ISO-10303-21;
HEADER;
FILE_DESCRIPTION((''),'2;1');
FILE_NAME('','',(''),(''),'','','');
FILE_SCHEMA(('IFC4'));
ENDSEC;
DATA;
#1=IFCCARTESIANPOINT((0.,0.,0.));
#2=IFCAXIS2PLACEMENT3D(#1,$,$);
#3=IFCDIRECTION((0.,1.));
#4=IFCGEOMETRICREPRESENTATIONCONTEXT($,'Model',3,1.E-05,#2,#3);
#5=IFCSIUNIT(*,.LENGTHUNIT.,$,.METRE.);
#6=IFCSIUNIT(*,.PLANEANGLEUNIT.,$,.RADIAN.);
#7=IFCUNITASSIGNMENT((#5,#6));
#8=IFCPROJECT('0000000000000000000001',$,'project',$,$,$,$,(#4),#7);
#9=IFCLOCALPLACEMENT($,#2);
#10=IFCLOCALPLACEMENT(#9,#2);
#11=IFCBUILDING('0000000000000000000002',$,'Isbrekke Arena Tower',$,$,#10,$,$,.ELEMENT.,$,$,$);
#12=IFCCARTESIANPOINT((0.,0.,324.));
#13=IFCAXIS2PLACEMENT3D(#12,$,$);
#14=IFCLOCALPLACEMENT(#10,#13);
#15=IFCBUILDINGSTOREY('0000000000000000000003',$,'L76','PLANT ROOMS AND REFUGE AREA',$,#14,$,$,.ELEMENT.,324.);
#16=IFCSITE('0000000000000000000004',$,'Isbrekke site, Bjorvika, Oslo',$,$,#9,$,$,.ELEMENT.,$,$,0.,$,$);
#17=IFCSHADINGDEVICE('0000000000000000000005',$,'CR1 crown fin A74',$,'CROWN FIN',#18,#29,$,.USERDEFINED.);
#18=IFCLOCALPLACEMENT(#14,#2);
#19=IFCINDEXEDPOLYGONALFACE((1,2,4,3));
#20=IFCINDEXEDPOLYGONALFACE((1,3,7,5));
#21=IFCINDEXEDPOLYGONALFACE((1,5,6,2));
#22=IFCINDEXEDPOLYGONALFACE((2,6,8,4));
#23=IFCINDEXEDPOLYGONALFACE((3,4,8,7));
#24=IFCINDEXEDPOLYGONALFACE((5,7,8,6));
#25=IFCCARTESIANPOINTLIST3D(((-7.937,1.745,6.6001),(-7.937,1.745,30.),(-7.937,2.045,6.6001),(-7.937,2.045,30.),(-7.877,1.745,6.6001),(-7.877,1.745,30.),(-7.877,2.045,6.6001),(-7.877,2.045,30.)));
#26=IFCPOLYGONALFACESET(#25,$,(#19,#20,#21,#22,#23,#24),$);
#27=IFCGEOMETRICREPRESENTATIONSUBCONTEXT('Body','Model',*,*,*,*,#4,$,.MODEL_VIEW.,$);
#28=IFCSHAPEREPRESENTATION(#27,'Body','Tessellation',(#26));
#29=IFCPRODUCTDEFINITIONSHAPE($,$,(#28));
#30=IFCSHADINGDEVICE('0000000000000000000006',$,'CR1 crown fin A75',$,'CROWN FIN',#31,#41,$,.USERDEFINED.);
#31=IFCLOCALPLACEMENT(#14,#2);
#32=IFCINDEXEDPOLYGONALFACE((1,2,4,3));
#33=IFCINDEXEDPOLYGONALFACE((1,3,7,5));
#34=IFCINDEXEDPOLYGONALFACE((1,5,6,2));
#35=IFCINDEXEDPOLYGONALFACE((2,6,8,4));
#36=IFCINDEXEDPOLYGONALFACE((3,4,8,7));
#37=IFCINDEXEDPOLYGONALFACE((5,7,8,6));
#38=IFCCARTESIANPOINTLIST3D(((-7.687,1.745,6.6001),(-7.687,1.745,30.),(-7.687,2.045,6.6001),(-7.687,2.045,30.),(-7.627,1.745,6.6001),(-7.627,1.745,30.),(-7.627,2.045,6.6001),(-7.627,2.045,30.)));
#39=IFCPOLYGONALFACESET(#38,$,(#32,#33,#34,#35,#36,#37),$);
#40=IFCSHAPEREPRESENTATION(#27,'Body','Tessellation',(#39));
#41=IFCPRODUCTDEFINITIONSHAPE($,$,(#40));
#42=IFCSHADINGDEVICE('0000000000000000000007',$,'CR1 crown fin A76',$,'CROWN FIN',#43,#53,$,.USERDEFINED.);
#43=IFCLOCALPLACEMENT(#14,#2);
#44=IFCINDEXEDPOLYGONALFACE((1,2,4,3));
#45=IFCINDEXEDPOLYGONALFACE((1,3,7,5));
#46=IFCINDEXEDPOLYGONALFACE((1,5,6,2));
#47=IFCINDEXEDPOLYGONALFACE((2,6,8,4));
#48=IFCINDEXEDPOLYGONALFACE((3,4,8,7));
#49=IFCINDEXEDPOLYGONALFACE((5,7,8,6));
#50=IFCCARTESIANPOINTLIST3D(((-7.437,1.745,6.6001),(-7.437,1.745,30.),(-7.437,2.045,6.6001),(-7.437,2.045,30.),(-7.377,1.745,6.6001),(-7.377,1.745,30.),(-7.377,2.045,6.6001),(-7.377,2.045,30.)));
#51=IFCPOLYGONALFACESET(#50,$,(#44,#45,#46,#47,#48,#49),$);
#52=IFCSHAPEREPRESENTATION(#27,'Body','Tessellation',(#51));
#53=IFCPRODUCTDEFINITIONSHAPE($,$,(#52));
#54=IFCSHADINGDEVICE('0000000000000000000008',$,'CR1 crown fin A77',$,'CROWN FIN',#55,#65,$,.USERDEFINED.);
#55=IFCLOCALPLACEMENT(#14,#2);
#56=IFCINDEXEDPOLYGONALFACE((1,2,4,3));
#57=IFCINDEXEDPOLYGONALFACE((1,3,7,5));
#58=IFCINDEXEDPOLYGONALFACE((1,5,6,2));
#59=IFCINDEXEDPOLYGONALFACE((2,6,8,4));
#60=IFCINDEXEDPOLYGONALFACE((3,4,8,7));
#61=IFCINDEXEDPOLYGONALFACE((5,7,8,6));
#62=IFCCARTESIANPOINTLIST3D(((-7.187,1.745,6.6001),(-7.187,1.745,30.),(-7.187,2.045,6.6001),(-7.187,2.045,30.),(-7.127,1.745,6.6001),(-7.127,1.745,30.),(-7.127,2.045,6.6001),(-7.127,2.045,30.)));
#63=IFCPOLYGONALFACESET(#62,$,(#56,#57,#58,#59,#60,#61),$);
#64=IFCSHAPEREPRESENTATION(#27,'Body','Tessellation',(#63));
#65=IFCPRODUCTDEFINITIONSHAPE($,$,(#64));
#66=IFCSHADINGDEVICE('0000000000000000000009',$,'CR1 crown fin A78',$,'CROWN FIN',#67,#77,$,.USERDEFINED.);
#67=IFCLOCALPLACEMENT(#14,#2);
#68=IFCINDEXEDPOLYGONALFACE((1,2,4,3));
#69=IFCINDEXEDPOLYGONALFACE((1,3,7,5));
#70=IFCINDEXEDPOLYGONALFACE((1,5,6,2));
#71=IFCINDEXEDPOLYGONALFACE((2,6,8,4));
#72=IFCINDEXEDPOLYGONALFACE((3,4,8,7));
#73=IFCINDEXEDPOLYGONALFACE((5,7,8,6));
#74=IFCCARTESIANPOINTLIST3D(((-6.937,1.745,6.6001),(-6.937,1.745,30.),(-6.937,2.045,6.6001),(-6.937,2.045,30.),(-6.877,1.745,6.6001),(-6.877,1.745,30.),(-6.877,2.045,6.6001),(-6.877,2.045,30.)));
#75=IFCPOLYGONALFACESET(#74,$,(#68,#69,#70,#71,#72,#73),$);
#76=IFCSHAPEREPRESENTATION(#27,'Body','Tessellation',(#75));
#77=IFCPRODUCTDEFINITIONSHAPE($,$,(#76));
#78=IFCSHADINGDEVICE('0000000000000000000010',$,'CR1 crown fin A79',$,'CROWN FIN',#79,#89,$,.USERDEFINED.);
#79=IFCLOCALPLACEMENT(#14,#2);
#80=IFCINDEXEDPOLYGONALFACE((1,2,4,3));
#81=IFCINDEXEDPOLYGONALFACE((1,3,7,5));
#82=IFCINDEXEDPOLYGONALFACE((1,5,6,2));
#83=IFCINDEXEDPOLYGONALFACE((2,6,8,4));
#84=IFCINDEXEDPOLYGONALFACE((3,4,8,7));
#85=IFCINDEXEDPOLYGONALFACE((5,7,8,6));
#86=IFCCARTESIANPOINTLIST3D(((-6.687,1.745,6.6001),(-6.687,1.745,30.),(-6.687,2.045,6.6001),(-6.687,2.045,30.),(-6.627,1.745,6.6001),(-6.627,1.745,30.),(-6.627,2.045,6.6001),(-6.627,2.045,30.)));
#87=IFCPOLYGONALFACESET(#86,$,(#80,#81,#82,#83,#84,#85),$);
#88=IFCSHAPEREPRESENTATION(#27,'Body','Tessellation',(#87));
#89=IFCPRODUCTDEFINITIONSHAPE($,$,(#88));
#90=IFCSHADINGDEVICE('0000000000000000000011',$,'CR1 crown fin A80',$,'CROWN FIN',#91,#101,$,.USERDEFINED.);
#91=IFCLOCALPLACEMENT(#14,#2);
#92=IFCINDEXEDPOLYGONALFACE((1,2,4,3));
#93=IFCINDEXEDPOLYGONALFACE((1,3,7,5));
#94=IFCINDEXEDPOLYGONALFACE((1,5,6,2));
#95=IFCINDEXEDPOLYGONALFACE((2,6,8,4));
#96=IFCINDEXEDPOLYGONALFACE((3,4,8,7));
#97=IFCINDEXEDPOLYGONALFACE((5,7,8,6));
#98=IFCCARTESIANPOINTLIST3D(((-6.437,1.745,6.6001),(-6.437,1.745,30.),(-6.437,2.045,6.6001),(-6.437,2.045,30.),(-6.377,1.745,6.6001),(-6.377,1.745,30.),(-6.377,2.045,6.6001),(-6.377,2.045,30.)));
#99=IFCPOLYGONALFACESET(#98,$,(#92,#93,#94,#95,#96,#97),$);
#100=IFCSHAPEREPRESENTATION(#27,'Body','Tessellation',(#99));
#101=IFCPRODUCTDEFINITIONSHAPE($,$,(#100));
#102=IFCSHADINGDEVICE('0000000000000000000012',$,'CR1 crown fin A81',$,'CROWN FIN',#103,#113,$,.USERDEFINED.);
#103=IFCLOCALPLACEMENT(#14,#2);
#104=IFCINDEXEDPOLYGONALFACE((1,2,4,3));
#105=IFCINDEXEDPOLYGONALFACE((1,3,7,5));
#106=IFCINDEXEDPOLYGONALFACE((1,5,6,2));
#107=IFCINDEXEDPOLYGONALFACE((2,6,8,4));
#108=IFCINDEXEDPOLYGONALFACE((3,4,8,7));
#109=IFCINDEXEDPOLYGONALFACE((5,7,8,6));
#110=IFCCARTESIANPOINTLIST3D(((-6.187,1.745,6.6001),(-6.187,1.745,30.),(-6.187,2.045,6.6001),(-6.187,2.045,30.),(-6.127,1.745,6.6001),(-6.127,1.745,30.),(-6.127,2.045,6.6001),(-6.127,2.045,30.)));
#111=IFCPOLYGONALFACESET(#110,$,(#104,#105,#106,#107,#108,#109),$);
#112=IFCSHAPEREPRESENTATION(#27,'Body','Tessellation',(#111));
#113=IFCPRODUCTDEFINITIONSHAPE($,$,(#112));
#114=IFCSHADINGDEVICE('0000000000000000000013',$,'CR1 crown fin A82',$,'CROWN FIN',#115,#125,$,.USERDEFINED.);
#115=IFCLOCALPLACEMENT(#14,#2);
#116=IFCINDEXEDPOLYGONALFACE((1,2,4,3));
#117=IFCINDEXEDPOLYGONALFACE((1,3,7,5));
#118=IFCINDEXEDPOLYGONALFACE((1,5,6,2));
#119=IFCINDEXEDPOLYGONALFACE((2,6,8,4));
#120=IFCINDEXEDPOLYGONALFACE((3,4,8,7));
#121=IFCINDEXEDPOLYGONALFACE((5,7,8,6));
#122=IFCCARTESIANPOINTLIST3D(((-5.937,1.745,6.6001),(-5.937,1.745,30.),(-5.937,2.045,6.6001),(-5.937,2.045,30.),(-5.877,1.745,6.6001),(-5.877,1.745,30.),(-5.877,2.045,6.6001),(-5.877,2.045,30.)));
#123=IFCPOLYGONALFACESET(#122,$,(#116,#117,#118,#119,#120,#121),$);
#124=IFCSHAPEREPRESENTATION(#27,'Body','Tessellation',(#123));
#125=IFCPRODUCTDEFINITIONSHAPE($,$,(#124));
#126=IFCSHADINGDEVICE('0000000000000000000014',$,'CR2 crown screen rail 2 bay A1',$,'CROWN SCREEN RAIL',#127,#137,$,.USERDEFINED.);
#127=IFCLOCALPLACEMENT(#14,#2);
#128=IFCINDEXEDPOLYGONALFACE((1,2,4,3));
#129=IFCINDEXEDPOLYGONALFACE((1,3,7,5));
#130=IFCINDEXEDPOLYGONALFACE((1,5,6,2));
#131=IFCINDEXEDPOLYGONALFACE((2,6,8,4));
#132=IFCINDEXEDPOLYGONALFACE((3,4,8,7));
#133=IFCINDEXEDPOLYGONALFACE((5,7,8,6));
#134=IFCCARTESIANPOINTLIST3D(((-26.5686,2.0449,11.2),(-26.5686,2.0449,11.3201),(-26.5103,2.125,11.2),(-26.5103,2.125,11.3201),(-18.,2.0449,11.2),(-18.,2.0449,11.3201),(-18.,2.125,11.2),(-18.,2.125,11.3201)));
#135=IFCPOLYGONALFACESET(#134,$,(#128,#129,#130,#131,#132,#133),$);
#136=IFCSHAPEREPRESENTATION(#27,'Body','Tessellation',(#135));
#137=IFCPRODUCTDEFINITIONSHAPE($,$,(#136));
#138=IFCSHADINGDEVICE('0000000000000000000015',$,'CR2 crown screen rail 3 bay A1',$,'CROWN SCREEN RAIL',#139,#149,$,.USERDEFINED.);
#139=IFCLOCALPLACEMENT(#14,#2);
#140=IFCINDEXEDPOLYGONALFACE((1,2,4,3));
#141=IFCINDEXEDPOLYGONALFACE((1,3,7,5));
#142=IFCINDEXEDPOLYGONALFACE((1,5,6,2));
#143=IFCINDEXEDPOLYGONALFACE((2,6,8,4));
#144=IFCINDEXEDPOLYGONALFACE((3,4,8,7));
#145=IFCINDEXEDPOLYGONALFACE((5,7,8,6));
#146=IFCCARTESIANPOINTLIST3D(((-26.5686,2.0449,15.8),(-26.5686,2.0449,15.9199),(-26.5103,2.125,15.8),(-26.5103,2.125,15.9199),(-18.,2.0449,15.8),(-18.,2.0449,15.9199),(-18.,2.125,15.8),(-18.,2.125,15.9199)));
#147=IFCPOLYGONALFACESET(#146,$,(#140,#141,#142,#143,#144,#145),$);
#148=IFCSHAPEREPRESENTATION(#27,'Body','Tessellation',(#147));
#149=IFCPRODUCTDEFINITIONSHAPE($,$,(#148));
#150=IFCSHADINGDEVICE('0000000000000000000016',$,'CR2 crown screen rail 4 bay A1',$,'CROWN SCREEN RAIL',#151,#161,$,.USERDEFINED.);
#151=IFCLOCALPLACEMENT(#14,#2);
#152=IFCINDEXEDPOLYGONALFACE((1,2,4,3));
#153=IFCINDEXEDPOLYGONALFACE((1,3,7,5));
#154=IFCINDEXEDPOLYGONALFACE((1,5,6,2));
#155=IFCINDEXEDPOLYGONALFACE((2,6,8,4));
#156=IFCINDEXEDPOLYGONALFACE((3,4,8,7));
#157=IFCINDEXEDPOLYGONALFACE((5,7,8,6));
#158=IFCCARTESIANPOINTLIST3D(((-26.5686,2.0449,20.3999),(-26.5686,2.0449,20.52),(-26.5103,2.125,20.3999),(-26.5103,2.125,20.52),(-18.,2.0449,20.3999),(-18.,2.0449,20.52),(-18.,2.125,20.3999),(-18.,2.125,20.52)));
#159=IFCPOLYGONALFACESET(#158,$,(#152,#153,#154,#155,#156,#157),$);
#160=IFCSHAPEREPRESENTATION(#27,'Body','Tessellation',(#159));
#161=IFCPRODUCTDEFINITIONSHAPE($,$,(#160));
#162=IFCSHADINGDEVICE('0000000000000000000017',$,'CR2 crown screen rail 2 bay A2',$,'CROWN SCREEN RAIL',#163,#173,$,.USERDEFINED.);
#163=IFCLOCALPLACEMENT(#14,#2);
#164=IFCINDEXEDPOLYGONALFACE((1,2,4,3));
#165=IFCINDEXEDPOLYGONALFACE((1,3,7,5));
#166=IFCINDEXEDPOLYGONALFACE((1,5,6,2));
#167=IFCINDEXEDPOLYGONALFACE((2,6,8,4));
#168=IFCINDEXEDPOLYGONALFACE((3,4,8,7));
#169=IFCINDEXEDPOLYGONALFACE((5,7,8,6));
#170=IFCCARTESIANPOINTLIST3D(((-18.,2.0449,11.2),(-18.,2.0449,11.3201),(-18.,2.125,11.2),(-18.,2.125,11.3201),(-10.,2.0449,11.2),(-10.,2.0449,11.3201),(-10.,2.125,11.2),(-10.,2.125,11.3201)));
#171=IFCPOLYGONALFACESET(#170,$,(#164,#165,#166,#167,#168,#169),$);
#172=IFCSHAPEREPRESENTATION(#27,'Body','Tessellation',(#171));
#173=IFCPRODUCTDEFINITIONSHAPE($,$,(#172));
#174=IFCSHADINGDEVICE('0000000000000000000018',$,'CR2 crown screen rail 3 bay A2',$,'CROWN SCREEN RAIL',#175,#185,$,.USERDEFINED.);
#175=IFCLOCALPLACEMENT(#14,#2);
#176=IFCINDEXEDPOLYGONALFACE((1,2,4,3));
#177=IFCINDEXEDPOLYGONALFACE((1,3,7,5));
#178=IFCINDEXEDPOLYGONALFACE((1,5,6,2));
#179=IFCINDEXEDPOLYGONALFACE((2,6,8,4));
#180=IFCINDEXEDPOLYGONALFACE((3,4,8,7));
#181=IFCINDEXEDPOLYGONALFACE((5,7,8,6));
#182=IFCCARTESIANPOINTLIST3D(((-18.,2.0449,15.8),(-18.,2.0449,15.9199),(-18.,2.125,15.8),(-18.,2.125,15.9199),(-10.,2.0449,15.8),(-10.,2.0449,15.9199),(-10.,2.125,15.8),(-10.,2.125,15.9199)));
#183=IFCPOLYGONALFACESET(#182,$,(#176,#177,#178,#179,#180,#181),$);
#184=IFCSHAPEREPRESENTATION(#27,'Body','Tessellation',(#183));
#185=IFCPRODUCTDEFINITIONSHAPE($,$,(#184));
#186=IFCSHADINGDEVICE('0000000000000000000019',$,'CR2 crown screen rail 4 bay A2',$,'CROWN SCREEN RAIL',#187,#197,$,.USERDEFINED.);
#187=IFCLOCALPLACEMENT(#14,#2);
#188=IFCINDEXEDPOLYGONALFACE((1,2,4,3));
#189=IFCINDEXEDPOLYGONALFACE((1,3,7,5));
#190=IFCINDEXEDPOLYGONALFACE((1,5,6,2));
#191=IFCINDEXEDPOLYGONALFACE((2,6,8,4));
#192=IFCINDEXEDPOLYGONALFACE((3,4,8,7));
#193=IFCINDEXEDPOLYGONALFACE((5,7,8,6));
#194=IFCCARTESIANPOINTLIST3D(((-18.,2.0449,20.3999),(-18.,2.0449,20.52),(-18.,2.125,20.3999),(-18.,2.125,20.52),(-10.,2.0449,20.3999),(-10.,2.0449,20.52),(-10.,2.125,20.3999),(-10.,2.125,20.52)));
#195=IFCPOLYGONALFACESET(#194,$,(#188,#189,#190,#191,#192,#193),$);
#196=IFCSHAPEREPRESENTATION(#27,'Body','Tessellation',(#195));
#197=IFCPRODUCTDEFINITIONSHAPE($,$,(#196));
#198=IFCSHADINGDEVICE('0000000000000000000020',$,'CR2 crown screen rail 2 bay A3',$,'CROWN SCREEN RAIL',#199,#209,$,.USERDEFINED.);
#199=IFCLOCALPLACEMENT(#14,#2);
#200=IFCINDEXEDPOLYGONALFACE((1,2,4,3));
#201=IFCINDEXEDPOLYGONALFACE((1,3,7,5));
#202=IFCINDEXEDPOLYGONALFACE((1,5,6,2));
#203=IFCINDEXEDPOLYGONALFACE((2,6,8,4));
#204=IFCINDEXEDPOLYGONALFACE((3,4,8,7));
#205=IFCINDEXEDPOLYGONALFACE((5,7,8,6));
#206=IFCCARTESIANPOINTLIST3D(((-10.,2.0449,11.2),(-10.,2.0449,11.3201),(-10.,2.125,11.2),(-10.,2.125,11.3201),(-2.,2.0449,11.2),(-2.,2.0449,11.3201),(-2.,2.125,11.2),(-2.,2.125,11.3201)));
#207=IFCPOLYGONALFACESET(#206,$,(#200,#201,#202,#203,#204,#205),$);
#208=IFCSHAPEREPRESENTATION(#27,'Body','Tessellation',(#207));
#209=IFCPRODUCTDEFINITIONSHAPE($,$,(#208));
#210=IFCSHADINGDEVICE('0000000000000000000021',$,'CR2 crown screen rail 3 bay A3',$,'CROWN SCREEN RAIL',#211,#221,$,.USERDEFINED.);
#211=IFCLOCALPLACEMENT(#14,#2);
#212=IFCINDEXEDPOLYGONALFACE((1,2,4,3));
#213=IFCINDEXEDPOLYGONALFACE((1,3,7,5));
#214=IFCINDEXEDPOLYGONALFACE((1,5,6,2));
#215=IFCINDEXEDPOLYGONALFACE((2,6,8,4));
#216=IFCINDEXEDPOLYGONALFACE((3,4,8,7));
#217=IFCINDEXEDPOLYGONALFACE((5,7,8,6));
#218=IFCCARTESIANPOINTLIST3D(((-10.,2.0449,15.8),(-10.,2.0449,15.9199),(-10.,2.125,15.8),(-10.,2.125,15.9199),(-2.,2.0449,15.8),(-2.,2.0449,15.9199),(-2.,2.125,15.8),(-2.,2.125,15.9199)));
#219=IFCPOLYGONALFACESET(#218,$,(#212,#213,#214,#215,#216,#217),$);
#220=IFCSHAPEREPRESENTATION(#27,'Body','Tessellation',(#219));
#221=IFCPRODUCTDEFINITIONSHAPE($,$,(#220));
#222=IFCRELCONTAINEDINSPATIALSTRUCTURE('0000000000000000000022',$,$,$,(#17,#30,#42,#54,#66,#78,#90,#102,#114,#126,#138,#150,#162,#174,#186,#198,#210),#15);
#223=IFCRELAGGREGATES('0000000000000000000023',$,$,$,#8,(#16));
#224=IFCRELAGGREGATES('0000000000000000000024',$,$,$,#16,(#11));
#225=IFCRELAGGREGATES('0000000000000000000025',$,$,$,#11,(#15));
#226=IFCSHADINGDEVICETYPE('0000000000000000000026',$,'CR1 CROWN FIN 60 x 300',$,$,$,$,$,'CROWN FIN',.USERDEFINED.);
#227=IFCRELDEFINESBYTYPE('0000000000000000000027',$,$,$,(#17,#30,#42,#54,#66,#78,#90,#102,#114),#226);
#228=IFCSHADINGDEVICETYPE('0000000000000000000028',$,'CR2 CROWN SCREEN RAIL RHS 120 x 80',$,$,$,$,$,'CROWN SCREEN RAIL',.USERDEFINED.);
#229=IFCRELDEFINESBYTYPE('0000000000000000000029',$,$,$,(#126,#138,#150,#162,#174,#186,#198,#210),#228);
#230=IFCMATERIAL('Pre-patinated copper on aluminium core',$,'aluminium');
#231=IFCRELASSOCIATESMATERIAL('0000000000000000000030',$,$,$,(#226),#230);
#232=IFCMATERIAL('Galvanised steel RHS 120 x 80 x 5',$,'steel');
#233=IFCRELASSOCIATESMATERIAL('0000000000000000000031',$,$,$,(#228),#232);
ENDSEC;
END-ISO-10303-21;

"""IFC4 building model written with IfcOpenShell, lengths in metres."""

from ifc_helpers import new_model, si_unit, direction, frame, origin, origin_2d, place, context, subcontext, project, spatial, polyline, rectangle, outline, extrude, material, material_profile, profile_set, type_object, element, save


model = new_model("IFC4")

# Units and contexts
model_context = context("Model", 3, precision=1e-05, world=origin(), true_north=direction((0.0, 1.0)))
body_context = subcontext(model_context, "Body", "Model", "MODEL_VIEW")
ifc_project = project(units=[si_unit("LENGTHUNIT", "METRE"), si_unit("PLANEANGLEUNIT", "RADIAN")], contexts=[model_context])

# Site, building, storey
site_placement = place(None, origin())
site = spatial("IfcSite", under=ifc_project, at=site_placement, Name="Isbrekke site, Bjorvika, Oslo", CompositionType="ELEMENT", RefElevation=0.0)
building_placement = place(site_placement, origin())
building = spatial("IfcBuilding", under=site, at=building_placement, Name="Isbrekke Arena Tower", CompositionType="ELEMENT")
storey_placement = place(building_placement, frame((0.0, 0.0, 324.0)))
storey = spatial("IfcBuildingStorey", under=building, at=storey_placement, Name="L76", Description="PLANT ROOMS AND REFUGE AREA", CompositionType="ELEMENT", Elevation=324.0)

# Shading devices
ifc_material_1 = material(Name="Pre-patinated copper on aluminium core", Category="aluminium")
ifc_material_profile = material_profile(ifc_material_1, rectangle(XDim=0.0601, YDim=0.3, at=origin_2d()), Name="FIN 60X300")
ifc_profile_set = profile_set([ifc_material_profile], Name="Pre-patinated copper on aluminium core")
shading_device_type_1 = type_object("IfcShadingDeviceType", Name="CR1 CROWN FIN 60 x 300", ElementType="CROWN FIN", PredefinedType="USERDEFINED", material=ifc_profile_set)
for number, where, z_axis, x_axis, name in (
    (1, (-7.907, 1.895, 6.6001), (0.0, 0.0, 1.0), (1.0, 0.0, 0.0), "CR1 crown fin A74"),
    (2, (-7.657, 1.895, 6.6001), (0.0, 0.0, 1.0), (1.0, 0.0, 0.0), "CR1 crown fin A75"),
    (3, (-7.407, 1.895, 6.6001), (0.0, 0.0, 1.0), (1.0, 0.0, 0.0), "CR1 crown fin A76"),
    (4, (-7.157, 1.895, 6.6001), (0.0, 0.0, 1.0), (1.0, 0.0, 0.0), "CR1 crown fin A77"),
    (5, (-6.907, 1.895, 6.6001), (0.0, 0.0, 1.0), (1.0, 0.0, 0.0), "CR1 crown fin A78"),
    (6, (-6.657, 1.895, 6.6001), (0.0, 0.0, 1.0), (1.0, 0.0, 0.0), "CR1 crown fin A79"),
    (7, (-6.407, 1.895, 6.6001), (0.0, 0.0, 1.0), (1.0, 0.0, 0.0), "CR1 crown fin A80"),
    (8, (-6.157, 1.895, 6.6001), (0.0, 0.0, 1.0), (1.0, 0.0, 0.0), "CR1 crown fin A81"),
    (9, (-5.907, 1.895, 6.6001), (0.0, 0.0, 1.0), (1.0, 0.0, 0.0), "CR1 crown fin A82"),
):
    element("IfcShadingDevice", number, at=place(storey_placement, frame(where, z_axis=z_axis, x_axis=x_axis)), inside=storey, type_object=shading_device_type_1, Name=name, ObjectType="CROWN FIN", PredefinedType="USERDEFINED", context=body_context, shape_type="SweptSolid", body=[
        extrude(rectangle(XDim=0.0601, YDim=0.3, at=origin_2d()), origin(), (0.0, 0.0, 1.0), 23.3999),
    ])
ifc_material_2 = material(Name="Galvanised steel RHS 120 x 80 x 5", Category="steel")
shading_device_type_2 = type_object("IfcShadingDeviceType", Name="CR2 CROWN SCREEN RAIL RHS 120 x 80", ElementType="CROWN SCREEN RAIL", PredefinedType="USERDEFINED", material=ifc_material_2)
shading_device_1_placement = place(storey_placement, frame((0.0, 0.0, 11.2)))
element("IfcShadingDevice", 10, at=shading_device_1_placement, inside=storey, type_object=shading_device_type_2, Name="CR2 crown screen rail 2 bay A1", ObjectType="CROWN SCREEN RAIL", PredefinedType="USERDEFINED", context=body_context, shape_type="SweptSolid", body=[
    extrude(outline(polyline([(-26.5103, 2.125), (-18.0, 2.125), (-18.0, 2.0449), (-26.5686, 2.0449), (-26.5103, 2.125)])), origin(), (0.0, 0.0, 1.0), 0.1201),
])
shading_device_2_placement = place(storey_placement, frame((0.0, 0.0, 15.8)))
element("IfcShadingDevice", 11, at=shading_device_2_placement, inside=storey, type_object=shading_device_type_2, Name="CR2 crown screen rail 3 bay A1", ObjectType="CROWN SCREEN RAIL", PredefinedType="USERDEFINED", context=body_context, shape_type="SweptSolid", body=[
    extrude(outline(polyline([(-26.5103, 2.125), (-18.0, 2.125), (-18.0, 2.0449), (-26.5686, 2.0449), (-26.5103, 2.125)])), origin(), (0.0, 0.0, 1.0), 0.1199),
])
shading_device_3_placement = place(storey_placement, frame((0.0, 0.0, 20.3999)))
element("IfcShadingDevice", 12, at=shading_device_3_placement, inside=storey, type_object=shading_device_type_2, Name="CR2 crown screen rail 4 bay A1", ObjectType="CROWN SCREEN RAIL", PredefinedType="USERDEFINED", context=body_context, shape_type="SweptSolid", body=[
    extrude(outline(polyline([(-26.5103, 2.125), (-18.0, 2.125), (-18.0, 2.0449), (-26.5686, 2.0449), (-26.5103, 2.125)])), origin(), (0.0, 0.0, 1.0), 0.1201),
])
shading_device_4_placement = place(storey_placement, frame((0.0, 0.0, 11.2)))
element("IfcShadingDevice", 13, at=shading_device_4_placement, inside=storey, type_object=shading_device_type_2, Name="CR2 crown screen rail 2 bay A2", ObjectType="CROWN SCREEN RAIL", PredefinedType="USERDEFINED", context=body_context, shape_type="SweptSolid", body=[
    extrude(outline(polyline([(-18.0, 2.125), (-10.0, 2.125), (-10.0, 2.0449), (-18.0, 2.0449), (-18.0, 2.125)])), origin(), (0.0, 0.0, 1.0), 0.1201),
])
shading_device_5_placement = place(storey_placement, frame((0.0, 0.0, 15.8)))
element("IfcShadingDevice", 14, at=shading_device_5_placement, inside=storey, type_object=shading_device_type_2, Name="CR2 crown screen rail 3 bay A2", ObjectType="CROWN SCREEN RAIL", PredefinedType="USERDEFINED", context=body_context, shape_type="SweptSolid", body=[
    extrude(outline(polyline([(-18.0, 2.125), (-10.0, 2.125), (-10.0, 2.0449), (-18.0, 2.0449), (-18.0, 2.125)])), origin(), (0.0, 0.0, 1.0), 0.1199),
])
shading_device_6_placement = place(storey_placement, frame((0.0, 0.0, 20.3999)))
element("IfcShadingDevice", 15, at=shading_device_6_placement, inside=storey, type_object=shading_device_type_2, Name="CR2 crown screen rail 4 bay A2", ObjectType="CROWN SCREEN RAIL", PredefinedType="USERDEFINED", context=body_context, shape_type="SweptSolid", body=[
    extrude(outline(polyline([(-18.0, 2.125), (-10.0, 2.125), (-10.0, 2.0449), (-18.0, 2.0449), (-18.0, 2.125)])), origin(), (0.0, 0.0, 1.0), 0.1201),
])
shading_device_7_placement = place(storey_placement, frame((0.0, 0.0, 11.2)))
element("IfcShadingDevice", 16, at=shading_device_7_placement, inside=storey, type_object=shading_device_type_2, Name="CR2 crown screen rail 2 bay A3", ObjectType="CROWN SCREEN RAIL", PredefinedType="USERDEFINED", context=body_context, shape_type="SweptSolid", body=[
    extrude(outline(polyline([(-10.0, 2.125), (-2.0, 2.125), (-2.0, 2.0449), (-10.0, 2.0449), (-10.0, 2.125)])), origin(), (0.0, 0.0, 1.0), 0.1201),
])
shading_device_8_placement = place(storey_placement, frame((0.0, 0.0, 15.8)))
element("IfcShadingDevice", 17, at=shading_device_8_placement, inside=storey, type_object=shading_device_type_2, Name="CR2 crown screen rail 3 bay A3", ObjectType="CROWN SCREEN RAIL", PredefinedType="USERDEFINED", context=body_context, shape_type="SweptSolid", body=[
    extrude(outline(polyline([(-10.0, 2.125), (-2.0, 2.125), (-2.0, 2.0449), (-10.0, 2.0449), (-10.0, 2.125)])), origin(), (0.0, 0.0, 1.0), 0.1199),
])

save(model, "model.ifc")
